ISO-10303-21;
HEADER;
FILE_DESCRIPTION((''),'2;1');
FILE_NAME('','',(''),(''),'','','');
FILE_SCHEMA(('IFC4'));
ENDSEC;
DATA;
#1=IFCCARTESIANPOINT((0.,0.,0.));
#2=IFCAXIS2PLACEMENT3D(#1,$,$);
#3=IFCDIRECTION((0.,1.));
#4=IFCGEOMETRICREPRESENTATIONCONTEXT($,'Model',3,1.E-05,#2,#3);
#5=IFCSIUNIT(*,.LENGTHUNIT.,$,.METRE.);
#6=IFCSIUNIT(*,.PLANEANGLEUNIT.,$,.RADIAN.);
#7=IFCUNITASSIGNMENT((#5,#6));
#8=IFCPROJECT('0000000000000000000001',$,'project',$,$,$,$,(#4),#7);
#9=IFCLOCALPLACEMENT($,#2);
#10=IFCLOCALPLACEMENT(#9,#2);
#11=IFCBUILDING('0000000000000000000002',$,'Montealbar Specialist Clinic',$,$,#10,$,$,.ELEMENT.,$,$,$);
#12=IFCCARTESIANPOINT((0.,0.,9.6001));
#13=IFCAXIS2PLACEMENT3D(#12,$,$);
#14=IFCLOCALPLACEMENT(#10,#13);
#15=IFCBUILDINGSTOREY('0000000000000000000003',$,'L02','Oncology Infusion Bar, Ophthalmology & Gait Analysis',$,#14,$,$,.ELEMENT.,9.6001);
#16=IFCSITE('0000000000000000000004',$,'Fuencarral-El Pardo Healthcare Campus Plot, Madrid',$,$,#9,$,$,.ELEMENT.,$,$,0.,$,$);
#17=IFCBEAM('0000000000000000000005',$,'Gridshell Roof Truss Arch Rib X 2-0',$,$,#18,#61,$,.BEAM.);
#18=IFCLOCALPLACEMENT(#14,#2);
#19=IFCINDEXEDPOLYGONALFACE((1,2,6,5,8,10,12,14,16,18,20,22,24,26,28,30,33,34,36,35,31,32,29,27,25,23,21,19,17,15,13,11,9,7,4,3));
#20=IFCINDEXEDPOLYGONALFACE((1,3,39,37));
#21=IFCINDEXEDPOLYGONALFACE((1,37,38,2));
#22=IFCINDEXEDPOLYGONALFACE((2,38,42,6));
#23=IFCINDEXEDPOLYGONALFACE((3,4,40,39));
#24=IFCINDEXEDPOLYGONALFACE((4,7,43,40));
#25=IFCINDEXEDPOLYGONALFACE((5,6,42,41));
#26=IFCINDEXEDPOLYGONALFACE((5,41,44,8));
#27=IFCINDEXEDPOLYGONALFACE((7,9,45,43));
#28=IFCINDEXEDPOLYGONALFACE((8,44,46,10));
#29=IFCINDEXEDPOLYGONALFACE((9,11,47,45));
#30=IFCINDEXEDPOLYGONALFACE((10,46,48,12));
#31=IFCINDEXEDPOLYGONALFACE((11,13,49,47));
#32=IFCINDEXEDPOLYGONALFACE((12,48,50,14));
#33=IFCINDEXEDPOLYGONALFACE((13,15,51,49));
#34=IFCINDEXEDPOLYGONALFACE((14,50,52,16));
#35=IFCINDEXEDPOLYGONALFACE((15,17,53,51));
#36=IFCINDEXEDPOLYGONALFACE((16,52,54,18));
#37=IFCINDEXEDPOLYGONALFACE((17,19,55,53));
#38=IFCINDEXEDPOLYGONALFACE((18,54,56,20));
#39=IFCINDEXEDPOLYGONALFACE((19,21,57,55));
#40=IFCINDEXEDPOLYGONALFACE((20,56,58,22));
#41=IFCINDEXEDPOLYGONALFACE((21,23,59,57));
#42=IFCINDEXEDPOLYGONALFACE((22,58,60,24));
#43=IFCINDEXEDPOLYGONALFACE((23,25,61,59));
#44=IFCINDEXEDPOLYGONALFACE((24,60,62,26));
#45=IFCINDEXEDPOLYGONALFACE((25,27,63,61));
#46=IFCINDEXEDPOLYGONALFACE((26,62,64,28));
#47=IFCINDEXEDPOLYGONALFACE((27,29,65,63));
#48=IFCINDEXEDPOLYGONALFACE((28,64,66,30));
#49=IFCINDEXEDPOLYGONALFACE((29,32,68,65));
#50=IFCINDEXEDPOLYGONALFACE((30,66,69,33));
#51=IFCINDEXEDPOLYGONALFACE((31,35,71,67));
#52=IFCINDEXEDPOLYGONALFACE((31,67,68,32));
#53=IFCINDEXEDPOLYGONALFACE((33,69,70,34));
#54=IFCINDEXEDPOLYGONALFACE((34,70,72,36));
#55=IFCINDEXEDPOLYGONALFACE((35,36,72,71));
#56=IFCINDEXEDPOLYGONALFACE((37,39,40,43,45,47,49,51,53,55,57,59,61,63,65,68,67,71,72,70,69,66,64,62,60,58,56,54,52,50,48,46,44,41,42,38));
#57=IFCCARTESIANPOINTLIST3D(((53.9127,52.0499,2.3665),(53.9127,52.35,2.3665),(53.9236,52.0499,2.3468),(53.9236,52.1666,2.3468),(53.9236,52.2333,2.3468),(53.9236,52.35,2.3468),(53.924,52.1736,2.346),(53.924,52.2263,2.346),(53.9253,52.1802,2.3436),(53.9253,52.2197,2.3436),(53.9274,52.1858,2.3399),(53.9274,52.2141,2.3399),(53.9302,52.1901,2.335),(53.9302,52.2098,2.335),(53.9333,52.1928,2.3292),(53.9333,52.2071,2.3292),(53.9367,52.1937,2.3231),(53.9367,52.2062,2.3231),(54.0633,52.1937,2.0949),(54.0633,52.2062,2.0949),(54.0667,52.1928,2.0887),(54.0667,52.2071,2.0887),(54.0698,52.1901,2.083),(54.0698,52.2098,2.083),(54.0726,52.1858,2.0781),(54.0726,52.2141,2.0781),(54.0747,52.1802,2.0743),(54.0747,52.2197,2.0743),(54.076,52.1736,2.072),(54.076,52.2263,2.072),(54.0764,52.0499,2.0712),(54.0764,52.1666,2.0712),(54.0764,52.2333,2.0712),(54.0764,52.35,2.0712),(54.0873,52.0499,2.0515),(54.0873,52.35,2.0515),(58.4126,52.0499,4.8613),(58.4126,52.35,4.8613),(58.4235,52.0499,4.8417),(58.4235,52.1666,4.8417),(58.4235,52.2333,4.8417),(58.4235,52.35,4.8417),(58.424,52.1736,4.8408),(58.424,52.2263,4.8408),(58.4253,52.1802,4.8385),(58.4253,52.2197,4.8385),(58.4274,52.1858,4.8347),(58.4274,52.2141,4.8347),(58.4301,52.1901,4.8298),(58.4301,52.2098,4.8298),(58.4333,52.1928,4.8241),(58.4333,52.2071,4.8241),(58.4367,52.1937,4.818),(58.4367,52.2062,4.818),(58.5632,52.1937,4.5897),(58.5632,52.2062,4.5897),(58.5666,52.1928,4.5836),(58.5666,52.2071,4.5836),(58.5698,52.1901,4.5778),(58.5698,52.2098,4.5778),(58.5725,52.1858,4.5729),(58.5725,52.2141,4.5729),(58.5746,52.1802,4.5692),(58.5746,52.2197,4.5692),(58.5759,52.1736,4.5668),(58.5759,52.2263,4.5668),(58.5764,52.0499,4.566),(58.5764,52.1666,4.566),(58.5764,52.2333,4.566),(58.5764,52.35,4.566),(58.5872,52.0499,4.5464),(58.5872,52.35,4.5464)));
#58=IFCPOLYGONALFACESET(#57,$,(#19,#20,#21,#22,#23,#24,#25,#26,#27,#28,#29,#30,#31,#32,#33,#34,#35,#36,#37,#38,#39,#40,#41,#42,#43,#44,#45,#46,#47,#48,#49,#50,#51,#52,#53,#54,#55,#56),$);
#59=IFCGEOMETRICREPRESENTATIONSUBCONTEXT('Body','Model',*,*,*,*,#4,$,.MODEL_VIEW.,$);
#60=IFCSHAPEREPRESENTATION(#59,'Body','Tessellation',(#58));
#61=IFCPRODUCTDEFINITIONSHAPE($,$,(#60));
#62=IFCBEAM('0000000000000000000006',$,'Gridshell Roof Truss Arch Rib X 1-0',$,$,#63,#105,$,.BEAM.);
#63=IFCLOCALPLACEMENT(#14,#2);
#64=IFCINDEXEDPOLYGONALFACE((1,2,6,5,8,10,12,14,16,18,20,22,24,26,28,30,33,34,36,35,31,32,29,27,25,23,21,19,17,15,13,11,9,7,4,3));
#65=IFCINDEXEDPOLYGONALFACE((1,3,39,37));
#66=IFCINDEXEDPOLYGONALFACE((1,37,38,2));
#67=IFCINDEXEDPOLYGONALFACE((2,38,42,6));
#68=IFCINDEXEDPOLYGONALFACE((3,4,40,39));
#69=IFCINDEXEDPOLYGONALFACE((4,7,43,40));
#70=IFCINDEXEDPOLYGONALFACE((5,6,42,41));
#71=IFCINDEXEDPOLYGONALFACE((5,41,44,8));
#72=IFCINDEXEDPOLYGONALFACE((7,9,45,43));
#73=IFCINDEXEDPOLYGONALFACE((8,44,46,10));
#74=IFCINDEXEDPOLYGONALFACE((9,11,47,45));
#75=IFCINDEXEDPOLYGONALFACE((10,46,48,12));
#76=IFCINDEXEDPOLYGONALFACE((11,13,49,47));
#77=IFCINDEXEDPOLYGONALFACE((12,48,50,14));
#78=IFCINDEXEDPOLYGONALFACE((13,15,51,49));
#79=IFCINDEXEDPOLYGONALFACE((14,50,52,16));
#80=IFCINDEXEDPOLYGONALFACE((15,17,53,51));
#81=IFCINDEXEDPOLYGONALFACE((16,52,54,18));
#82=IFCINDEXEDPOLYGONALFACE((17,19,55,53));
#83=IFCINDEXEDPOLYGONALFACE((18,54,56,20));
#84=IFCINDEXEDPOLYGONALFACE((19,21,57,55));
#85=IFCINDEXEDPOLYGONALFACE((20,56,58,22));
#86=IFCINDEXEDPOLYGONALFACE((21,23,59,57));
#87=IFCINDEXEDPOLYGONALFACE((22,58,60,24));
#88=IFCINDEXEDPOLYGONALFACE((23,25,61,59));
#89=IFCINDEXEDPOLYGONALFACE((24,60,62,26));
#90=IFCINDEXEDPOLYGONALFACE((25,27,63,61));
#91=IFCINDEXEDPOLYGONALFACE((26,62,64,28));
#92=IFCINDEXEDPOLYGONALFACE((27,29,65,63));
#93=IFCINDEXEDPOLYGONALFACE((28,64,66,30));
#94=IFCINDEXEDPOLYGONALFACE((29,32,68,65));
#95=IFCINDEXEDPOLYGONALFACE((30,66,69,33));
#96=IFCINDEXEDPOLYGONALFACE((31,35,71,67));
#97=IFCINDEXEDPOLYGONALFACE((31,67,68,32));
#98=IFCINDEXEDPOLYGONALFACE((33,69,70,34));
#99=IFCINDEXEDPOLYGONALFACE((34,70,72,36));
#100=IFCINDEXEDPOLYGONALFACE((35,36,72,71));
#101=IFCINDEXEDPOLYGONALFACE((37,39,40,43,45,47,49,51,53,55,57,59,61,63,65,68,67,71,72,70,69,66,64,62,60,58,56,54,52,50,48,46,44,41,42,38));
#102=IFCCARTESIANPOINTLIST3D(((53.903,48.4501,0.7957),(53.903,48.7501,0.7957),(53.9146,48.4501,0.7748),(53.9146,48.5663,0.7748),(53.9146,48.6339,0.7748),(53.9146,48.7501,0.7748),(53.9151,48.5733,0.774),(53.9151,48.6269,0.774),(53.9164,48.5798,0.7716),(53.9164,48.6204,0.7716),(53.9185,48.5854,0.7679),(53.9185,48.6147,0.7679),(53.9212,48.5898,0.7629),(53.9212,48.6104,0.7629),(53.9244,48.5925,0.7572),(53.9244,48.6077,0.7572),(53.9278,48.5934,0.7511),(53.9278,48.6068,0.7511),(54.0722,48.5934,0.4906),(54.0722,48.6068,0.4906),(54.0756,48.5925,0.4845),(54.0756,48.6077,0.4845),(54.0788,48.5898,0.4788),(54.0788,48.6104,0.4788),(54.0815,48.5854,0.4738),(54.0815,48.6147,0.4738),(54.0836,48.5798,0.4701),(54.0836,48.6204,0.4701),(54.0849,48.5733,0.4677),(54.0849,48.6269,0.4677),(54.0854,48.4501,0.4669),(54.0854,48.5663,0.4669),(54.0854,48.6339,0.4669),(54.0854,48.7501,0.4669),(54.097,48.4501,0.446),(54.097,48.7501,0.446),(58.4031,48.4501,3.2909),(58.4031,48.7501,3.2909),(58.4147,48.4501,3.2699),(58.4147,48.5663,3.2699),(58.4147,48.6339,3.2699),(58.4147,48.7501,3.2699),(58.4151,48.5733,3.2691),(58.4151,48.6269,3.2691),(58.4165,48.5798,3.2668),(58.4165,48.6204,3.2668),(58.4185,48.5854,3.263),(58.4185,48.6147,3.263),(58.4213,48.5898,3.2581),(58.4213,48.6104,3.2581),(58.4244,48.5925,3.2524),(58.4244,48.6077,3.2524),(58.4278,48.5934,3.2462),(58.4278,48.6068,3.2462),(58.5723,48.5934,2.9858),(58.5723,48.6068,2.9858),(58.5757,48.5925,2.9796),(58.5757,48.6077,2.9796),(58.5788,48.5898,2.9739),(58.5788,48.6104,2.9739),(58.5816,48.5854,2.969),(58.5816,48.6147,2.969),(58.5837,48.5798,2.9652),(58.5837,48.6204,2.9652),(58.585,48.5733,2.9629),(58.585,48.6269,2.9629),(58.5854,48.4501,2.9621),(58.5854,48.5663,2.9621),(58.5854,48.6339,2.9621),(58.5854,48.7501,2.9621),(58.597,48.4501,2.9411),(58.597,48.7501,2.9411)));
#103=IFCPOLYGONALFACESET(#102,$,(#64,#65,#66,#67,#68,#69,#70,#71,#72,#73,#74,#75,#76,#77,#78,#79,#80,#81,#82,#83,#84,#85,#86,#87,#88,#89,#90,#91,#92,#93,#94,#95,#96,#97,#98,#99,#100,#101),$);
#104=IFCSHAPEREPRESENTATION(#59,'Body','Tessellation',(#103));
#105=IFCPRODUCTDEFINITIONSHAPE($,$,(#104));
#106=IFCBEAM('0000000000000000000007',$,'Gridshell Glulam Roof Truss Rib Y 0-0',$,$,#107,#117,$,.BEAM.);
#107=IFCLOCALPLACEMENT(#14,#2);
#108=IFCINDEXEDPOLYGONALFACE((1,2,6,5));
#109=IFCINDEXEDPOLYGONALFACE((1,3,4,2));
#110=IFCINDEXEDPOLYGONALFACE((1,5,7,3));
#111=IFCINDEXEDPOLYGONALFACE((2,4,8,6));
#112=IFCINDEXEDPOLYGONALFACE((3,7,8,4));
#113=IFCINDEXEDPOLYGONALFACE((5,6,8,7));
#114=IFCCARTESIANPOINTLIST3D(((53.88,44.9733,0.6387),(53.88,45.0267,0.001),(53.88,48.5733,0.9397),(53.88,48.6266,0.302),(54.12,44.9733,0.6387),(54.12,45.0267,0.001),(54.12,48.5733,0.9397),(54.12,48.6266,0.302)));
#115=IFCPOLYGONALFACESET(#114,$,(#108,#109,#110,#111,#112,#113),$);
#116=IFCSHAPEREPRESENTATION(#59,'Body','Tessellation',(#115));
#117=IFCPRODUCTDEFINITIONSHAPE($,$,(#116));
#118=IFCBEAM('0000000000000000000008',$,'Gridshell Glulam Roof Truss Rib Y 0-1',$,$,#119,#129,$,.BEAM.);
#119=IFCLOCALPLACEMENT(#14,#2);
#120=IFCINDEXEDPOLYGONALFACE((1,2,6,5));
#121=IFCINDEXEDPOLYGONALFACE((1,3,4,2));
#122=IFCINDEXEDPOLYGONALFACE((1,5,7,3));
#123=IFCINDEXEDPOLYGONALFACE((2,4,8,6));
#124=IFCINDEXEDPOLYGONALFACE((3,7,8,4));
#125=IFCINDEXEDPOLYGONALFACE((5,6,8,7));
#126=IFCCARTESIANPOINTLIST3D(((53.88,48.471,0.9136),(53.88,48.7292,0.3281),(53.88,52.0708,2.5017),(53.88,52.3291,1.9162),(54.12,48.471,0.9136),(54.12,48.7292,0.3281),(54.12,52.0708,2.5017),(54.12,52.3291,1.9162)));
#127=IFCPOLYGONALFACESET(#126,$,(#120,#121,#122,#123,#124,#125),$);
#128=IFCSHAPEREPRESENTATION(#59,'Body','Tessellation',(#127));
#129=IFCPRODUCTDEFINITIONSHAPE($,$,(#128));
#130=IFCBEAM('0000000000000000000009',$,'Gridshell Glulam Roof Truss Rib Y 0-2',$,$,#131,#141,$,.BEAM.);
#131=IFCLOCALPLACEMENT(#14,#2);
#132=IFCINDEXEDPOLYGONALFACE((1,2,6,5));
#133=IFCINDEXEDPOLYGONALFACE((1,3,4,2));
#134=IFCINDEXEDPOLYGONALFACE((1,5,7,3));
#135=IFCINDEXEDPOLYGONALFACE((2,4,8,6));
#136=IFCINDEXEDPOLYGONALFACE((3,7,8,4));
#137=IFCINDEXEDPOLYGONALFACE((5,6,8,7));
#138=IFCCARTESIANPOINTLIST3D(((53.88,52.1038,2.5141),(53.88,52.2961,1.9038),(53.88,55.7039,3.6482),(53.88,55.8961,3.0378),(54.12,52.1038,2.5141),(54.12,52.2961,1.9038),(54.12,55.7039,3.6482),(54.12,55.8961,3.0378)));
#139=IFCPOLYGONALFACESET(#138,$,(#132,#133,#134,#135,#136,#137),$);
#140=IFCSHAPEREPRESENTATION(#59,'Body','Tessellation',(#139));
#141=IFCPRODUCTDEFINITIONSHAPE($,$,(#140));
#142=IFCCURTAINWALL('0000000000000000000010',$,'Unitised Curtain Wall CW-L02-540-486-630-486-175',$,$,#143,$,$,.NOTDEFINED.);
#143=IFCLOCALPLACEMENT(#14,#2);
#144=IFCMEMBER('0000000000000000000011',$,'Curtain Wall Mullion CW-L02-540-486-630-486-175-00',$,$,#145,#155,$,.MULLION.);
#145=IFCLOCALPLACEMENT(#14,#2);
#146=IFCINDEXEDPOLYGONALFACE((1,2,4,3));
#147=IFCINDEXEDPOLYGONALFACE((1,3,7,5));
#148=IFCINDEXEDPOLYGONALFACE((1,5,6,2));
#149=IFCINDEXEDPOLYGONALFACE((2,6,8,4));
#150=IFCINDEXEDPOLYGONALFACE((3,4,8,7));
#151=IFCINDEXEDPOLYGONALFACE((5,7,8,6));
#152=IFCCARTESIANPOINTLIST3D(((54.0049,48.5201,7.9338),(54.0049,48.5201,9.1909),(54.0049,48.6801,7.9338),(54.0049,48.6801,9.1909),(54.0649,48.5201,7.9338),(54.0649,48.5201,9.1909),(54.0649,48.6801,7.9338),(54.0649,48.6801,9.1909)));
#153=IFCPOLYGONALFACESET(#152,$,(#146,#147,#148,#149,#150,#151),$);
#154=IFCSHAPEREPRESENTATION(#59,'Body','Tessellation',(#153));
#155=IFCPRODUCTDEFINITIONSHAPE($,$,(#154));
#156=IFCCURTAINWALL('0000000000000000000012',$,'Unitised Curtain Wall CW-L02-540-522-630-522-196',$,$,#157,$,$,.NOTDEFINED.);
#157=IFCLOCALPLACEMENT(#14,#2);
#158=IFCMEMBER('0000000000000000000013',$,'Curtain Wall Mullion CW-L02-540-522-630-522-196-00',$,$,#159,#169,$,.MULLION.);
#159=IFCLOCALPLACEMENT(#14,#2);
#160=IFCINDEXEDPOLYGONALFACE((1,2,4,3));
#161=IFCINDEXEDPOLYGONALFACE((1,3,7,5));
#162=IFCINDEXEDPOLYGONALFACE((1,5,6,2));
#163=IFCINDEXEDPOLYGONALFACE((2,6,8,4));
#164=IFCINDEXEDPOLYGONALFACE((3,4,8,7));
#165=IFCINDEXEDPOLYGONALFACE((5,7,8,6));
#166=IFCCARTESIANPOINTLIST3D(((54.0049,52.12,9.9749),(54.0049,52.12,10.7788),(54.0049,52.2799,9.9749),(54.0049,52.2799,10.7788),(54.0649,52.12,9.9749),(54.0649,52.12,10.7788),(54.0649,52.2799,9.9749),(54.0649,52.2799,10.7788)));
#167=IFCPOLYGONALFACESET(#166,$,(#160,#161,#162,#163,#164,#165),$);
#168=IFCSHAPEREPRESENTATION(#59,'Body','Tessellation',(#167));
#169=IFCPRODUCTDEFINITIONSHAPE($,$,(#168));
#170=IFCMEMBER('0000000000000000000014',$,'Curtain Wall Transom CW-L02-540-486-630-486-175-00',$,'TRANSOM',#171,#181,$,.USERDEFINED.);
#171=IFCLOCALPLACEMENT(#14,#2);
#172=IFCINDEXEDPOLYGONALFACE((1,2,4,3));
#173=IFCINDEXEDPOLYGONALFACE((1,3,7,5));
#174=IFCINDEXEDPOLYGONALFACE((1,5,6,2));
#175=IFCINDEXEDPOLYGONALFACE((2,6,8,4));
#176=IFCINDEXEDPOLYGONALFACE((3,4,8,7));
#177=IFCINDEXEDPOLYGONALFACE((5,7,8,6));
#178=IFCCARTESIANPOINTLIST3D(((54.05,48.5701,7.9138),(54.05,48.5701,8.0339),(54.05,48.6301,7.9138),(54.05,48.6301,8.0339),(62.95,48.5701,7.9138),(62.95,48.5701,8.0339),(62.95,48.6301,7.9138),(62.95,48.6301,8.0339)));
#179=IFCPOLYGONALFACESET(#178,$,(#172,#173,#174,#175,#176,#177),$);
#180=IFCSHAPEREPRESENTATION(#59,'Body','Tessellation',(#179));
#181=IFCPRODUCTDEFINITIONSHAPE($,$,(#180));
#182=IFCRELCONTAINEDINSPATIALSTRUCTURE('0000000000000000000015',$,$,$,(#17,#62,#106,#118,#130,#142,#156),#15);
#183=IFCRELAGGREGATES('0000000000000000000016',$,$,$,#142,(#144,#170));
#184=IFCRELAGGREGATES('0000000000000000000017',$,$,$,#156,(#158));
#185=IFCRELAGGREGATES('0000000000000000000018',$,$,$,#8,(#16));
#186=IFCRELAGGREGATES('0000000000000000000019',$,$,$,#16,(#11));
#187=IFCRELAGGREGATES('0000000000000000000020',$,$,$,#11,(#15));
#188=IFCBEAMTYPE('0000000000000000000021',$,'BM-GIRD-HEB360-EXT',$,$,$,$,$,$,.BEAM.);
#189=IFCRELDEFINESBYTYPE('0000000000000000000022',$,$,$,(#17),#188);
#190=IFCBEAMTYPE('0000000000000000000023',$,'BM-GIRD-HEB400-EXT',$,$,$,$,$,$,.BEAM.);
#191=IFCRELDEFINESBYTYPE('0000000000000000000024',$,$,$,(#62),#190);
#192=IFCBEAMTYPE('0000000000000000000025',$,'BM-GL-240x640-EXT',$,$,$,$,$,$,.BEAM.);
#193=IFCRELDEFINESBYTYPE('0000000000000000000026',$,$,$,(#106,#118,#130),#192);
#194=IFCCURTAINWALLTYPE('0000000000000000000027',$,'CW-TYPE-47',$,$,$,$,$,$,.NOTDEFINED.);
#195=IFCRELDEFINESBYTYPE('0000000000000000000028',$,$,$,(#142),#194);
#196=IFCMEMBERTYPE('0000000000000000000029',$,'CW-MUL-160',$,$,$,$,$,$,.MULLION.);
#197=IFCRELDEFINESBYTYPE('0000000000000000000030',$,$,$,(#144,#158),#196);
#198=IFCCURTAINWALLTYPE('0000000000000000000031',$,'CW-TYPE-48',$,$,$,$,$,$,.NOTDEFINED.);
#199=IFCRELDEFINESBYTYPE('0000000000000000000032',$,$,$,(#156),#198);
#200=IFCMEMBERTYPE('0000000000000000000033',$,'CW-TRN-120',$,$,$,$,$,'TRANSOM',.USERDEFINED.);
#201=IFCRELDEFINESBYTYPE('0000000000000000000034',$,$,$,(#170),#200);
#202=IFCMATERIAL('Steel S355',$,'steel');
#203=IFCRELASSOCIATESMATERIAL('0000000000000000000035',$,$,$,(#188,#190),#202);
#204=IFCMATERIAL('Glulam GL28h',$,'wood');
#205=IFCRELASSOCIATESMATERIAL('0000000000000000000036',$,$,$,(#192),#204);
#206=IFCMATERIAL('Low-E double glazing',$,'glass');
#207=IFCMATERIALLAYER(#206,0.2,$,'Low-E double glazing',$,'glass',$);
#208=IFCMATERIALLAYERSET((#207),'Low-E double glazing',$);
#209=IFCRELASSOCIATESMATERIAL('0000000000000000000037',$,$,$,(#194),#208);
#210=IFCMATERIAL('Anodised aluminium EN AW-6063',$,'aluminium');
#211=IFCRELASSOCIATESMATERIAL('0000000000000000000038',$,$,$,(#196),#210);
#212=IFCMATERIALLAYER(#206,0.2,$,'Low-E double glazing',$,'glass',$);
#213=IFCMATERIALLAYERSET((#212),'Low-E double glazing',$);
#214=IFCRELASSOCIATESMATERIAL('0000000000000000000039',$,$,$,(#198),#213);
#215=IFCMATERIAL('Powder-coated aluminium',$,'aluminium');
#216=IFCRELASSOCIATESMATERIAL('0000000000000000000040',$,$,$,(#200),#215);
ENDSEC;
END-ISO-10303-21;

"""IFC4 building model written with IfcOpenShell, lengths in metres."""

from ifc_helpers import new_model, si_unit, direction, frame, origin, origin_2d, place, context, subcontext, project, spatial, rectangle, i_section, extrude, material, layer, layer_set, material_profile, profile_set, type_object, element, aggregate, save


model = new_model("IFC4")

# Units and contexts
model_context = context("Model", 3, precision=1e-05, world=origin(), true_north=direction((0.0, 1.0)))
body_context = subcontext(model_context, "Body", "Model", "MODEL_VIEW")
ifc_project = project(units=[si_unit("LENGTHUNIT", "METRE"), si_unit("PLANEANGLEUNIT", "RADIAN")], contexts=[model_context])

# Site, building, storey
site_placement = place(None, origin())
site = spatial("IfcSite", under=ifc_project, at=site_placement, Name="Fuencarral-El Pardo Healthcare Campus Plot, Madrid", CompositionType="ELEMENT", RefElevation=0.0)
building_placement = place(site_placement, origin())
building = spatial("IfcBuilding", under=site, at=building_placement, Name="Montealbar Specialist Clinic", CompositionType="ELEMENT")
storey_placement = place(building_placement, frame((0.0, 0.0, 9.6001)))
storey = spatial("IfcBuildingStorey", under=building, at=storey_placement, Name="L02", Description="Oncology Infusion Bar, Ophthalmology & Gait Analysis", CompositionType="ELEMENT", Elevation=9.6001)

# Beams
ifc_material_1 = material(Name="Steel S355", Category="steel")
ifc_material_profile_1 = material_profile(ifc_material_1, i_section(OverallWidth=0.3, OverallDepth=0.3601, WebThickness=0.0125, FlangeThickness=0.0225, FilletRadius=0.0271, at=origin_2d()), Name="HEB 360", Category="steel")
ifc_profile_set_1 = profile_set([ifc_material_profile_1], Name="Steel S355")
beam_type_1 = type_object("IfcBeamType", Name="BM-GIRD-HEB360-EXT", PredefinedType="BEAM", material=ifc_profile_set_1)
beam_1_placement = place(storey_placement, frame((54.0, 52.2, 2.209), z_axis=(0.87458, 0.0, 0.484881), x_axis=(0.0, 1.0, 0.0)))
element("IfcBeam", 1, at=beam_1_placement, inside=storey, type_object=beam_type_1, Name="Gridshell Roof Truss Arch Rib X 2-0", PredefinedType="BEAM", context=body_context, shape_type="SweptSolid", body=[
    extrude(i_section(OverallWidth=0.3, OverallDepth=0.3601, WebThickness=0.0125, FlangeThickness=0.0225, FilletRadius=0.0271, at=origin_2d()), origin(), (0.0, 0.0, 1.0), 5.1453),
])
ifc_material_profile_2 = material_profile(ifc_material_1, i_section(OverallWidth=0.3, OverallDepth=0.3999, WebThickness=0.0134, FlangeThickness=0.0239, FilletRadius=0.0271, at=origin_2d()), Name="HEB 400", Category="steel")
ifc_profile_set_2 = profile_set([ifc_material_profile_2], Name="Steel S355")
beam_type_2 = type_object("IfcBeamType", Name="BM-GIRD-HEB400-EXT", PredefinedType="BEAM", material=ifc_profile_set_2)
beam_2_placement = place(storey_placement, frame((54.0, 48.6001, 0.6208), z_axis=(0.87456, 0.0, 0.484918), x_axis=(0.0, 1.0, 0.0)))
element("IfcBeam", 2, at=beam_2_placement, inside=storey, type_object=beam_type_2, Name="Gridshell Roof Truss Arch Rib X 1-0", PredefinedType="BEAM", context=body_context, shape_type="SweptSolid", body=[
    extrude(i_section(OverallWidth=0.3, OverallDepth=0.3999, WebThickness=0.0134, FlangeThickness=0.0239, FilletRadius=0.0271, at=origin_2d()), origin(), (0.0, 0.0, 1.0), 5.1455),
])
ifc_material_2 = material(Name="Glulam GL28h", Category="wood")
ifc_material_profile_3 = material_profile(ifc_material_2, rectangle(XDim=0.24, YDim=0.6399, at=origin_2d()), Name="GL28h 240x640", Category="wood")
ifc_profile_set_3 = profile_set([ifc_material_profile_3], Name="Glulam GL28h")
beam_type_3 = type_object("IfcBeamType", Name="BM-GL-240x640-EXT", PredefinedType="BEAM", material=ifc_profile_set_3)
beam_3_placement = place(storey_placement, frame((54.0, 45.0, 0.3198), z_axis=(0.0, 0.996522, 0.083325), x_axis=(-1.0, 0.0, 0.0)))
element("IfcBeam", 3, at=beam_3_placement, inside=storey, type_object=beam_type_3, Name="Gridshell Glulam Roof Truss Rib Y 0-0", PredefinedType="BEAM", context=body_context, shape_type="SweptSolid", body=[
    extrude(rectangle(XDim=0.24, YDim=0.6399, at=origin_2d()), origin(), (0.0, 0.0, 1.0), 3.6125),
])
beam_4_placement = place(storey_placement, frame((54.0, 48.6001, 0.6208), z_axis=(0.0, 0.914921, 0.403633), x_axis=(-1.0, 0.0, 0.0)))
element("IfcBeam", 4, at=beam_4_placement, inside=storey, type_object=beam_type_3, Name="Gridshell Glulam Roof Truss Rib Y 0-1", PredefinedType="BEAM", context=body_context, shape_type="SweptSolid", body=[
    extrude(rectangle(XDim=0.24, YDim=0.6399, at=origin_2d()), origin(), (0.0, 0.0, 1.0), 3.9346),
])
beam_5_placement = place(storey_placement, frame((54.0, 52.2, 2.209), z_axis=(0.0, 0.953798, 0.300447), x_axis=(-1.0, 0.0, 0.0)))
element("IfcBeam", 5, at=beam_5_placement, inside=storey, type_object=beam_type_3, Name="Gridshell Glulam Roof Truss Rib Y 0-2", PredefinedType="BEAM", context=body_context, shape_type="SweptSolid", body=[
    extrude(rectangle(XDim=0.24, YDim=0.6399, at=origin_2d()), origin(), (0.0, 0.0, 1.0), 3.7744),
])

# Curtain walls, members
ifc_material_3 = material(Name="Low-E double glazing", Category="glass")
ifc_layer_1 = layer(ifc_material_3, 0.2, Name="Low-E double glazing", Category="glass")
ifc_layer_set_1 = layer_set([ifc_layer_1], Name="Low-E double glazing")
curtain_wall_type_1 = type_object("IfcCurtainWallType", Name="CW-TYPE-47", PredefinedType="NOTDEFINED", material=ifc_layer_set_1)
curtain_wall_1_placement = place(storey_placement, origin())
curtain_wall_1 = element("IfcCurtainWall", 6, at=curtain_wall_1_placement, inside=storey, type_object=curtain_wall_type_1, Name="Unitised Curtain Wall CW-L02-540-486-630-486-175", PredefinedType="NOTDEFINED")
ifc_material_4 = material(Name="Anodised aluminium EN AW-6063", Category="aluminium")
ifc_material_profile_4 = material_profile(ifc_material_4, rectangle(XDim=0.0601, YDim=0.1599, at=origin_2d()), Name="ALU 60x160", Category="aluminium")
ifc_profile_set_4 = profile_set([ifc_material_profile_4], Name="Anodised aluminium EN AW-6063")
member_type_1 = type_object("IfcMemberType", Name="CW-MUL-160", PredefinedType="MULLION", material=ifc_profile_set_4)
member_1_placement = place(storey_placement, frame((54.0349, 48.6001, 7.9338), z_axis=(0.0, 0.0, 1.0), x_axis=(1.0, 0.0, 0.0)))
member_1 = element("IfcMember", 7, at=member_1_placement, type_object=member_type_1, Name="Curtain Wall Mullion CW-L02-540-486-630-486-175-00", PredefinedType="MULLION", context=body_context, shape_type="SweptSolid", body=[
    extrude(rectangle(XDim=0.0601, YDim=0.1599, at=origin_2d()), origin(), (0.0, 0.0, 1.0), 1.2571),
])
ifc_layer_2 = layer(ifc_material_3, 0.2, Name="Low-E double glazing", Category="glass")
ifc_layer_set_2 = layer_set([ifc_layer_2], Name="Low-E double glazing")
curtain_wall_type_2 = type_object("IfcCurtainWallType", Name="CW-TYPE-48", PredefinedType="NOTDEFINED", material=ifc_layer_set_2)
curtain_wall_2_placement = place(storey_placement, origin())
curtain_wall_2 = element("IfcCurtainWall", 8, at=curtain_wall_2_placement, inside=storey, type_object=curtain_wall_type_2, Name="Unitised Curtain Wall CW-L02-540-522-630-522-196", PredefinedType="NOTDEFINED")
member_2_placement = place(storey_placement, frame((54.0349, 52.2, 9.9749), z_axis=(0.0, 0.0, 1.0), x_axis=(1.0, 0.0, 0.0)))
member_2 = element("IfcMember", 9, at=member_2_placement, type_object=member_type_1, Name="Curtain Wall Mullion CW-L02-540-522-630-522-196-00", PredefinedType="MULLION", context=body_context, shape_type="SweptSolid", body=[
    extrude(rectangle(XDim=0.0601, YDim=0.1599, at=origin_2d()), origin(), (0.0, 0.0, 1.0), 0.804),
])

# Member
ifc_material_5 = material(Name="Powder-coated aluminium", Category="aluminium")
ifc_material_profile_5 = material_profile(ifc_material_5, rectangle(XDim=0.0601, YDim=0.1201, at=origin_2d()), Name="ALU 60x120", Category="aluminium")
ifc_profile_set_5 = profile_set([ifc_material_profile_5], Name="Powder-coated aluminium")
member_type_2 = type_object("IfcMemberType", Name="CW-TRN-120", ElementType="TRANSOM", PredefinedType="USERDEFINED", material=ifc_profile_set_5)
member_3_placement = place(storey_placement, frame((54.05, 48.6001, 7.9739), z_axis=(1.0, 0.0, 0.0), x_axis=(0.0, 1.0, 0.0)))
member_3 = element("IfcMember", 10, at=member_3_placement, type_object=member_type_2, Name="Curtain Wall Transom CW-L02-540-486-630-486-175-00", ObjectType="TRANSOM", PredefinedType="USERDEFINED", context=body_context, shape_type="SweptSolid", body=[
    extrude(rectangle(XDim=0.0601, YDim=0.1201, at=origin_2d()), origin(), (0.0, 0.0, 1.0), 8.8999),
])
aggregate(curtain_wall_1, [member_1, member_3])
aggregate(curtain_wall_2, [member_2])

save(model, "model.ifc")
